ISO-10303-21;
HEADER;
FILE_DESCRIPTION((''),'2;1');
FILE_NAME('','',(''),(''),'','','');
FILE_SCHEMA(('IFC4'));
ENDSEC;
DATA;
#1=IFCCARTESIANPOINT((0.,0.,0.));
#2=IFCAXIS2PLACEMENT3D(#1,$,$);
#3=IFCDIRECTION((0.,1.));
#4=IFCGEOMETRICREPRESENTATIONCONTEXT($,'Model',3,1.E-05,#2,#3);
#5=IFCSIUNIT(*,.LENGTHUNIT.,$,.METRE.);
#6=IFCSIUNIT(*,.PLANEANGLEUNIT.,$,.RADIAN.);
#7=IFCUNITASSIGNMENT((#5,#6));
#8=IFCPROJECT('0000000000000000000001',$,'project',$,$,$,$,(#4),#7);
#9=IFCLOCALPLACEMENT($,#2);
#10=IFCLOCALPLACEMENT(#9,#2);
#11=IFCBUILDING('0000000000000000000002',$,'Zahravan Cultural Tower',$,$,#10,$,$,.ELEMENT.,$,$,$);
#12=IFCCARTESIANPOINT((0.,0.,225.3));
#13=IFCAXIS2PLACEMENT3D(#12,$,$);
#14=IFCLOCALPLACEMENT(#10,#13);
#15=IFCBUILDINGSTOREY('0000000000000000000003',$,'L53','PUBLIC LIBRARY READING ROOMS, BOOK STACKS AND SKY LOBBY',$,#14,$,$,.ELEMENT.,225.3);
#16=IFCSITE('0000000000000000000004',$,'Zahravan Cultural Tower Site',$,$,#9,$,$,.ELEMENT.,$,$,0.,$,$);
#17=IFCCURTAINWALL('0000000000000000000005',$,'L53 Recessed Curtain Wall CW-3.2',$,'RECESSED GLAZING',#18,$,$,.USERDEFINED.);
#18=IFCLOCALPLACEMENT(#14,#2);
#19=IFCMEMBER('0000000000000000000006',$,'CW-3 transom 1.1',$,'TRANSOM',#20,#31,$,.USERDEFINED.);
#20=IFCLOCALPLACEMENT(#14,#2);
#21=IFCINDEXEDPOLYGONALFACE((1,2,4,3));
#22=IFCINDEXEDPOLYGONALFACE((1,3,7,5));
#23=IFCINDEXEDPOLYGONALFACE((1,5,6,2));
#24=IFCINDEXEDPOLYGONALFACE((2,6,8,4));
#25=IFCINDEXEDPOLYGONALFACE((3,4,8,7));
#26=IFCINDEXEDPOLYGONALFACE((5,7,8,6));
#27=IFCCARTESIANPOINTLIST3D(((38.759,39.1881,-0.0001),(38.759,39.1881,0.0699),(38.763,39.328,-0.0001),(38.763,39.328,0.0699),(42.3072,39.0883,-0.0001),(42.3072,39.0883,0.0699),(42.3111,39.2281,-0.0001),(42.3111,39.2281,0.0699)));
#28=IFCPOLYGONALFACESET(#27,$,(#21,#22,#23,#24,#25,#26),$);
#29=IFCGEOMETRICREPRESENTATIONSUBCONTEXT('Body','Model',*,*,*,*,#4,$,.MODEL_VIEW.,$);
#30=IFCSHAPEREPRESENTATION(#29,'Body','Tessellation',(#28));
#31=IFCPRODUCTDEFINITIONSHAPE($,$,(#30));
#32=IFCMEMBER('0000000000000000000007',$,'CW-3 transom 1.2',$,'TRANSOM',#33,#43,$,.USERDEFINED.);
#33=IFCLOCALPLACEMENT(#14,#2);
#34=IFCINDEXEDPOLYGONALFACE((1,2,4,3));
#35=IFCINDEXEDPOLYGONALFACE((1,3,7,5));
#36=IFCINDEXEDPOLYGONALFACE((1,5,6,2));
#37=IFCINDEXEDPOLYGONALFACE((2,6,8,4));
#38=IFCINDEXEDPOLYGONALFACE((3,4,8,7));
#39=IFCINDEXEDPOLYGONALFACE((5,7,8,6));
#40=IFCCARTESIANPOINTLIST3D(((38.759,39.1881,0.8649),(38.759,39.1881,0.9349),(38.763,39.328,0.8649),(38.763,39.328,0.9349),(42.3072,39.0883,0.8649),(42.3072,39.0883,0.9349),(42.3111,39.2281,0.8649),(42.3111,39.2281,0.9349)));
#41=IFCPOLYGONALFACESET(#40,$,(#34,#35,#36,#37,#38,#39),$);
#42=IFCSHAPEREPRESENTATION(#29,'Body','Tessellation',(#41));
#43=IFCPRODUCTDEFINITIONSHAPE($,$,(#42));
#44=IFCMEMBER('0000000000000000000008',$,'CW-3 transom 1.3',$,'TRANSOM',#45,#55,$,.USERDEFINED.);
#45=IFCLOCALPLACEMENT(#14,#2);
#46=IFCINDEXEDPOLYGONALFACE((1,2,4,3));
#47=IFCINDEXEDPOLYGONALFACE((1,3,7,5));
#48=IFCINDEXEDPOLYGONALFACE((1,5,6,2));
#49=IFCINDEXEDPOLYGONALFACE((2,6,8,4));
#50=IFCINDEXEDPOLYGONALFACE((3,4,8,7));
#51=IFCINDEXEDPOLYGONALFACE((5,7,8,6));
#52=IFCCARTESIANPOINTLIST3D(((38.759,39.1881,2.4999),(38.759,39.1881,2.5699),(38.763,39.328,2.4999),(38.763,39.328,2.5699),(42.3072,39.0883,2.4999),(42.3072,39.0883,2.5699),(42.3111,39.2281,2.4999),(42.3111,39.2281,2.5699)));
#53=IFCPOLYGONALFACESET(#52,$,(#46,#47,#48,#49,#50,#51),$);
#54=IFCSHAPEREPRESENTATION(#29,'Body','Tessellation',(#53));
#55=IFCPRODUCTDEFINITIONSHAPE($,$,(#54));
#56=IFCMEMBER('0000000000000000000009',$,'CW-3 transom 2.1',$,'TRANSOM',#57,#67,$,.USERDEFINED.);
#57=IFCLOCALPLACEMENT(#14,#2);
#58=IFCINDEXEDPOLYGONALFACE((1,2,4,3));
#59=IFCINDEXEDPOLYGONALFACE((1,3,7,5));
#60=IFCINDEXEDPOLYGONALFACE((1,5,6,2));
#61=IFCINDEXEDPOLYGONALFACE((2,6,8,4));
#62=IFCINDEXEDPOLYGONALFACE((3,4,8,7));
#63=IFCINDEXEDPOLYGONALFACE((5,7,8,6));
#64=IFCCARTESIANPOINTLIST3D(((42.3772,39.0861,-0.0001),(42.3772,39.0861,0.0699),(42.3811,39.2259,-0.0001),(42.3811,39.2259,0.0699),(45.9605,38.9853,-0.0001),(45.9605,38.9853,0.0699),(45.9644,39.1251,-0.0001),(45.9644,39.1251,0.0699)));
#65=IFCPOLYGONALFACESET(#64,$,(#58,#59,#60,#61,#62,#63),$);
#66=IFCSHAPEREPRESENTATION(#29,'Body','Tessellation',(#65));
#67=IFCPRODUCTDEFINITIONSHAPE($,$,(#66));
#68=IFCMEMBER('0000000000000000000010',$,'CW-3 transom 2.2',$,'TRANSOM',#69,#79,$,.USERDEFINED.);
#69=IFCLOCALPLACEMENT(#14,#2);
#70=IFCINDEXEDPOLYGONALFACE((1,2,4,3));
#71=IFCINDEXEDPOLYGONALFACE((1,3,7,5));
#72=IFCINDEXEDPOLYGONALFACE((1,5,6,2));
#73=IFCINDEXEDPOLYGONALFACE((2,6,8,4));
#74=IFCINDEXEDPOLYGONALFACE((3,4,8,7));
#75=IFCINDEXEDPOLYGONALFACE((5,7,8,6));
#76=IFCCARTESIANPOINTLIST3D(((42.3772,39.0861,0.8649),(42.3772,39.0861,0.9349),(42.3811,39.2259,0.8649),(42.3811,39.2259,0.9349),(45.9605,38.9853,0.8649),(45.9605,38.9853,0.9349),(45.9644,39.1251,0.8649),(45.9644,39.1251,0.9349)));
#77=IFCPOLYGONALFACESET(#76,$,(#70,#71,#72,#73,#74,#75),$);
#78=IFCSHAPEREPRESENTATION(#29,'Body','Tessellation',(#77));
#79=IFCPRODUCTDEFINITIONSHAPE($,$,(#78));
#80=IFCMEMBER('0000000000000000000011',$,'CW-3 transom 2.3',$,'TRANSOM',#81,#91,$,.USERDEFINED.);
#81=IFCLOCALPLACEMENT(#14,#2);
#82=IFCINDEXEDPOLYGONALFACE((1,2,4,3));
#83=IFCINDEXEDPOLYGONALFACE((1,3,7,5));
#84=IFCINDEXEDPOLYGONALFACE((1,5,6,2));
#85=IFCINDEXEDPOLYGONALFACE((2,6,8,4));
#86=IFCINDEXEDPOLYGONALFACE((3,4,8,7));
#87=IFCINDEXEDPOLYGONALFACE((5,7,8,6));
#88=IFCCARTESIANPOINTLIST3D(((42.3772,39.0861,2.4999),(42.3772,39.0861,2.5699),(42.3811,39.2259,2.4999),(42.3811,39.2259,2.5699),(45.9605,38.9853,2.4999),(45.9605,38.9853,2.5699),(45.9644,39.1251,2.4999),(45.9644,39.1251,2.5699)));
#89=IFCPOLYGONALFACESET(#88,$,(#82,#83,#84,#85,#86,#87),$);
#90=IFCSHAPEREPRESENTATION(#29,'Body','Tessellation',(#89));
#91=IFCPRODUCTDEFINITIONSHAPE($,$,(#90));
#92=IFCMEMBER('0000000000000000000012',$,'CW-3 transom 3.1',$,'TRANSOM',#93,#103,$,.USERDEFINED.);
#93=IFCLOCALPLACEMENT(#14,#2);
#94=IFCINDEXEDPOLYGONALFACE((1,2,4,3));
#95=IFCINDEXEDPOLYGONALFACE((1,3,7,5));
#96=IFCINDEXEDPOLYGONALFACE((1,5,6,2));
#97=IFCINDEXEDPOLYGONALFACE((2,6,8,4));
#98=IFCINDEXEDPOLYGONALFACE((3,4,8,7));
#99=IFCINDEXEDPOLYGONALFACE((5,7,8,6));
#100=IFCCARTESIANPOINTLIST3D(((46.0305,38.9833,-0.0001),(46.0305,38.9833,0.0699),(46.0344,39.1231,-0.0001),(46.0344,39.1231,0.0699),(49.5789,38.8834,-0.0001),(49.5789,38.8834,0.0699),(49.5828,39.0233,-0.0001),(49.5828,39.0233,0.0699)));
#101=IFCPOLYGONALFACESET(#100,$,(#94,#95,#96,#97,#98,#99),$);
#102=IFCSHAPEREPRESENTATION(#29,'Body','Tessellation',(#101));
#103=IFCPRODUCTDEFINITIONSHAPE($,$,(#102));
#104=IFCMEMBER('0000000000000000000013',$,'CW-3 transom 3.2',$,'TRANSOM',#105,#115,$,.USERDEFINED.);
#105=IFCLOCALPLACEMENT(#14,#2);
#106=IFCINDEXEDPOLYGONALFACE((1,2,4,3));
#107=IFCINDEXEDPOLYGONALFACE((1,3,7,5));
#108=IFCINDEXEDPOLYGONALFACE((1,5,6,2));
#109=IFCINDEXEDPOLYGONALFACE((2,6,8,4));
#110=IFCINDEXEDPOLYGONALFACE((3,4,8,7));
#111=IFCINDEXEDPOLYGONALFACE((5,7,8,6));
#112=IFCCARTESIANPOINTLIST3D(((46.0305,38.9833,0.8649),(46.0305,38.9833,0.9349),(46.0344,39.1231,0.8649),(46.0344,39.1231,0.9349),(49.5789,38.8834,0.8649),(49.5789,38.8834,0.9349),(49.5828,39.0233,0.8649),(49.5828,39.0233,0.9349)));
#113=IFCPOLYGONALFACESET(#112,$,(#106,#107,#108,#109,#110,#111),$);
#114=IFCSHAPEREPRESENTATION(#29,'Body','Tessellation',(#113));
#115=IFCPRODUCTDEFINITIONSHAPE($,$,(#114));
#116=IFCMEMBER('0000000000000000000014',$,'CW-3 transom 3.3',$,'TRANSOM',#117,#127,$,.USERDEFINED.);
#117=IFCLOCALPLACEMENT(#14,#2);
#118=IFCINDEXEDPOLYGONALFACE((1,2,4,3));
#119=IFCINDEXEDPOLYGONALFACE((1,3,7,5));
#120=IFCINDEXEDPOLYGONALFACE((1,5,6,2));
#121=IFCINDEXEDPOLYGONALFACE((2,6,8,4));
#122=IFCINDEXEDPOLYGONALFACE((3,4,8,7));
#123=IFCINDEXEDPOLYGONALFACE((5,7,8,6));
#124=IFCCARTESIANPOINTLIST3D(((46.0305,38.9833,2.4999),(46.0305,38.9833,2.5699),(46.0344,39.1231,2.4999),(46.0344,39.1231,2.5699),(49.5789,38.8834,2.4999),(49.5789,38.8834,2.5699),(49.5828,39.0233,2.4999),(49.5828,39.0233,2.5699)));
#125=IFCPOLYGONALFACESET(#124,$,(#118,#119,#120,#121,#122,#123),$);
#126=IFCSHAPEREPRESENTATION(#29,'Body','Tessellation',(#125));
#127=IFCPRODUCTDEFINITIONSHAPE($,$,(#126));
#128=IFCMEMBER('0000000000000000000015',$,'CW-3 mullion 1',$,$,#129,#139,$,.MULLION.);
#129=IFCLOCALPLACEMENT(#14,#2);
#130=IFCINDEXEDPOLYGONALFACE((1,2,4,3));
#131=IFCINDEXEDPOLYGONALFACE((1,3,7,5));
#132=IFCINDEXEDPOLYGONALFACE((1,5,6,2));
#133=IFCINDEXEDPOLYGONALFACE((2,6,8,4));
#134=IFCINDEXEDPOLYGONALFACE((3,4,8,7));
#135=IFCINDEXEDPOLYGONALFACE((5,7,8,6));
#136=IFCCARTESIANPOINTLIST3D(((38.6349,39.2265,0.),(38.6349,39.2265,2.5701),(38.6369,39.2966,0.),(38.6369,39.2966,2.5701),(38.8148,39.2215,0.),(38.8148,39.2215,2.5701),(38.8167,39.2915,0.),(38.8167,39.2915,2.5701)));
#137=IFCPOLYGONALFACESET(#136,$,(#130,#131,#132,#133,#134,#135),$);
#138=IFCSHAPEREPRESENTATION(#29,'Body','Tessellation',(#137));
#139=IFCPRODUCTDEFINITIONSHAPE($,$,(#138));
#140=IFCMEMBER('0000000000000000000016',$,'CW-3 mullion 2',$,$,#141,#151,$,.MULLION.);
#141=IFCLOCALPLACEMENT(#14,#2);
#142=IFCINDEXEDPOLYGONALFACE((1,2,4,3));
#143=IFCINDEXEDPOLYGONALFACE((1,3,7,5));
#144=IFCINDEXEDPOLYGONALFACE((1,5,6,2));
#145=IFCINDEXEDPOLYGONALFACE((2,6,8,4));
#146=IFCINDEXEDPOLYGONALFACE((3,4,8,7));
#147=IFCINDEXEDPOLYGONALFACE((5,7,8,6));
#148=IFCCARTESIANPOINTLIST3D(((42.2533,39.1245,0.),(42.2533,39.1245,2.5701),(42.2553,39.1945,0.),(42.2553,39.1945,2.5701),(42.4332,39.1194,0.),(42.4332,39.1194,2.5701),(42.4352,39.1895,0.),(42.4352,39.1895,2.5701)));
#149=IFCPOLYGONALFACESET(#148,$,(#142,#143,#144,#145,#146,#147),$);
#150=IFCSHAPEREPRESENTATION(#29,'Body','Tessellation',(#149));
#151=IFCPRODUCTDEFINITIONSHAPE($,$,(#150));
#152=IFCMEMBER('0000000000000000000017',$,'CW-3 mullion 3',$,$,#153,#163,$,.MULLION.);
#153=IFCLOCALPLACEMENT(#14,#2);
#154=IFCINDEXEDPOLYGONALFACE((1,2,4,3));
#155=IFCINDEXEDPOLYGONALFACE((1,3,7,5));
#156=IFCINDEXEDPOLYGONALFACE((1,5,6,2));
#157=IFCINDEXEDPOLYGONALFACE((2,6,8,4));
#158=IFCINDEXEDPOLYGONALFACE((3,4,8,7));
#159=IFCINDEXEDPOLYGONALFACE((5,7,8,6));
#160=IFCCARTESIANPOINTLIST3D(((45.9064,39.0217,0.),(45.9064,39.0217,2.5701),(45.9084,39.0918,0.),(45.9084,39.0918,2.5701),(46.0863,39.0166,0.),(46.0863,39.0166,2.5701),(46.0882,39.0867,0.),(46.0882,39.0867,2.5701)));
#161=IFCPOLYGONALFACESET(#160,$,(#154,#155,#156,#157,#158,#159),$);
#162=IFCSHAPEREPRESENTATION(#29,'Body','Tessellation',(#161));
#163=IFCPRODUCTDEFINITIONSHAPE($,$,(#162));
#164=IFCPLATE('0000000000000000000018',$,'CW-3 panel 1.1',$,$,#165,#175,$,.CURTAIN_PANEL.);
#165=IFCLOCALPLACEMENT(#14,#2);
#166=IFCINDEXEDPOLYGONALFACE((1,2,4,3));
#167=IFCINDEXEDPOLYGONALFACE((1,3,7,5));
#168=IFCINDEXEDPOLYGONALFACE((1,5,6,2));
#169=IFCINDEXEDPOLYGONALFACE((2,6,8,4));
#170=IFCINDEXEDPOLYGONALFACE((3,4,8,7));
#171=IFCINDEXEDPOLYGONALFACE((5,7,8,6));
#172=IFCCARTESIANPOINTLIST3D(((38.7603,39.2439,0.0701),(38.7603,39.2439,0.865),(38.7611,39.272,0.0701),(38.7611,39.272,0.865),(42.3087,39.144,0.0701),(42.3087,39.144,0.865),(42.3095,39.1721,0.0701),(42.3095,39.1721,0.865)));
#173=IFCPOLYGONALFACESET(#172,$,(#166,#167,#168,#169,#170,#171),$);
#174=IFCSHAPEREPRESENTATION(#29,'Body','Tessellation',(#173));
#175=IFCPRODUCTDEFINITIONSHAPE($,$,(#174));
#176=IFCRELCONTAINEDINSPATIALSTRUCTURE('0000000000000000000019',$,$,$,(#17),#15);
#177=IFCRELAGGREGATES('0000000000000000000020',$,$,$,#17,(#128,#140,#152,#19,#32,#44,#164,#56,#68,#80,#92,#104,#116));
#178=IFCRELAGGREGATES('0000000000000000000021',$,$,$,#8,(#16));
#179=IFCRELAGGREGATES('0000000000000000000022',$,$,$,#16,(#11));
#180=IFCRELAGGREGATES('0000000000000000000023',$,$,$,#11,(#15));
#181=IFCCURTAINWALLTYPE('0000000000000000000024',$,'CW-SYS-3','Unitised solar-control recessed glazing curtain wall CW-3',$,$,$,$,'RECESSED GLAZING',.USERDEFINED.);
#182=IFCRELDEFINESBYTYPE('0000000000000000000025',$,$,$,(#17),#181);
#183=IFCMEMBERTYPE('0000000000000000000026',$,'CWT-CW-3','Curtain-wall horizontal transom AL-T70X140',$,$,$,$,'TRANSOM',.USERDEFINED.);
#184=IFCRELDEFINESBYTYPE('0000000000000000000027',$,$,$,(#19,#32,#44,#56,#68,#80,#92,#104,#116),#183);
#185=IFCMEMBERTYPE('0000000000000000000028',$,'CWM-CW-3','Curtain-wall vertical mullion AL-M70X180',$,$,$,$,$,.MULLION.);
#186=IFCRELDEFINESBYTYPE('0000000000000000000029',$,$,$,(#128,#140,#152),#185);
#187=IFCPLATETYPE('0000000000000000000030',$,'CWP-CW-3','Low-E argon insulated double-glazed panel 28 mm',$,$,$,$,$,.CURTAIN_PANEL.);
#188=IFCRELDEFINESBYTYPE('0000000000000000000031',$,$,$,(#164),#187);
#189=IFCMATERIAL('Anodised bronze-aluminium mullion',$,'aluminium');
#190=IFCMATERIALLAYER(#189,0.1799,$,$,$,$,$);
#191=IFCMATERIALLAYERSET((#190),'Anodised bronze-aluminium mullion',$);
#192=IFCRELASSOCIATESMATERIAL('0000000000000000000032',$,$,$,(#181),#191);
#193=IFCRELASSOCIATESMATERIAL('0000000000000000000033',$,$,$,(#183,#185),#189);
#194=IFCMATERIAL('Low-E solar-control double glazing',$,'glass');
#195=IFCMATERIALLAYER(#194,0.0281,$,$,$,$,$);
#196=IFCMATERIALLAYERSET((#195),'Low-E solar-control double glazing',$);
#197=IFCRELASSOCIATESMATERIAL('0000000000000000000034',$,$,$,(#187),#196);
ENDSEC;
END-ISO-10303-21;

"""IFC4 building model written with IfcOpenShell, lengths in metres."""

from ifc_helpers import new_model, si_unit, direction, frame, origin, origin_2d, place, context, subcontext, project, spatial, rectangle, extrude, source, transform, mapped, material, layer, layer_set, material_profile, profile_set, type_object, element, aggregate, save


model = new_model("IFC4")

# Units and contexts
model_context = context("Model", 3, precision=1e-05, world=origin(), true_north=direction((0.0, 1.0)))
body_context = subcontext(model_context, "Body", "Model", "MODEL_VIEW")
ifc_project = project(units=[si_unit("LENGTHUNIT", "METRE"), si_unit("PLANEANGLEUNIT", "RADIAN")], contexts=[model_context])

# Site, building, storey
site_placement = place(None, origin())
site = spatial("IfcSite", under=ifc_project, at=site_placement, Name="Zahravan Cultural Tower Site", CompositionType="ELEMENT", RefElevation=0.0)
building_placement = place(site_placement, origin())
building = spatial("IfcBuilding", under=site, at=building_placement, Name="Zahravan Cultural Tower", CompositionType="ELEMENT")
storey_placement = place(building_placement, frame((0.0, 0.0, 225.3)))
storey = spatial("IfcBuildingStorey", under=building, at=storey_placement, Name="L53", Description="PUBLIC LIBRARY READING ROOMS, BOOK STACKS AND SKY LOBBY", CompositionType="ELEMENT", Elevation=225.3)

# Curtain wall, members, plate
ifc_material_1 = material(Name="Anodised bronze-aluminium mullion", Category="aluminium")
ifc_layer_1 = layer(ifc_material_1, 0.1799)
ifc_layer_set_1 = layer_set([ifc_layer_1], Name="Anodised bronze-aluminium mullion")
curtain_wall_type = type_object("IfcCurtainWallType", Name="CW-SYS-3", Description="Unitised solar-control recessed glazing curtain wall CW-3", ElementType="RECESSED GLAZING", PredefinedType="USERDEFINED", material=ifc_layer_set_1)
curtain_wall_placement = place(storey_placement, origin())
curtain_wall = element("IfcCurtainWall", 1, at=curtain_wall_placement, inside=storey, type_object=curtain_wall_type, Name="L53 Recessed Curtain Wall CW-3.2", ObjectType="RECESSED GLAZING", PredefinedType="USERDEFINED")
ifc_material_profile_1 = material_profile(ifc_material_1, rectangle(XDim=0.1399, YDim=0.0701, at=origin_2d()), Name="AL-T70X140")
ifc_profile_set_1 = profile_set([ifc_material_profile_1], Name="Anodised bronze-aluminium mullion")
member_type_1 = type_object("IfcMemberType", Name="CWT-CW-3", Description="Curtain-wall horizontal transom AL-T70X140", ElementType="TRANSOM", PredefinedType="USERDEFINED", material=ifc_profile_set_1)
shared_shape_1 = source(origin(), body_context, "Body", "SweptSolid", [
    extrude(rectangle(XDim=0.1399, YDim=0.0701, at=origin_2d()), origin(), (0.0, 0.0, 1.0), 3.5496),
])
member_1_placement = place(storey_placement, frame((38.761, 39.2581, 0.0349), z_axis=(0.999604, -0.028132, 0.0), x_axis=(0.028132, 0.999604, 0.0)))
member_1 = element("IfcMember", 2, at=member_1_placement, type_object=member_type_1, Name="CW-3 transom 1.1", ObjectType="TRANSOM", PredefinedType="USERDEFINED", context=body_context, shape_type="MappedRepresentation", body=[
    mapped(shared_shape_1, transform((0.0, 0.0, 0.0), x_axis=(1.0, 0.0, 0.0), y_axis=(0.0, 1.0, 0.0), z_axis=(0.0, 0.0, 1.0), scale=1.0)),
])
member_2_placement = place(storey_placement, frame((38.761, 39.2581, 0.8999), z_axis=(0.999604, -0.028132, 0.0), x_axis=(0.028132, 0.999604, 0.0)))
member_2 = element("IfcMember", 3, at=member_2_placement, type_object=member_type_1, Name="CW-3 transom 1.2", ObjectType="TRANSOM", PredefinedType="USERDEFINED", context=body_context, shape_type="MappedRepresentation", body=[
    mapped(shared_shape_1, transform((0.0, 0.0, 0.0), x_axis=(1.0, 0.0, 0.0), y_axis=(0.0, 1.0, 0.0), z_axis=(0.0, 0.0, 1.0), scale=1.0)),
])
member_3_placement = place(storey_placement, frame((38.761, 39.2581, 2.5349), z_axis=(0.999604, -0.028132, 0.0), x_axis=(0.028132, 0.999604, 0.0)))
member_3 = element("IfcMember", 4, at=member_3_placement, type_object=member_type_1, Name="CW-3 transom 1.3", ObjectType="TRANSOM", PredefinedType="USERDEFINED", context=body_context, shape_type="MappedRepresentation", body=[
    mapped(shared_shape_1, transform((0.0, 0.0, 0.0), x_axis=(1.0, 0.0, 0.0), y_axis=(0.0, 1.0, 0.0), z_axis=(0.0, 0.0, 1.0), scale=1.0)),
])
shared_shape_2 = source(origin(), body_context, "Body", "SweptSolid", [
    extrude(rectangle(XDim=0.1399, YDim=0.0701, at=origin_2d()), origin(), (0.0, 0.0, 1.0), 3.5847),
])
member_4_placement = place(storey_placement, frame((42.3792, 39.156, 0.0349), z_axis=(0.999604, -0.028128, 0.0), x_axis=(0.028128, 0.999604, 0.0)))
member_4 = element("IfcMember", 5, at=member_4_placement, type_object=member_type_1, Name="CW-3 transom 2.1", ObjectType="TRANSOM", PredefinedType="USERDEFINED", context=body_context, shape_type="MappedRepresentation", body=[
    mapped(shared_shape_2, transform((0.0, 0.0, 0.0), x_axis=(1.0, 0.0, 0.0), y_axis=(0.0, 1.0, 0.0), z_axis=(0.0, 0.0, 1.0), scale=1.0)),
])
member_5_placement = place(storey_placement, frame((42.3792, 39.156, 0.8999), z_axis=(0.999604, -0.028128, 0.0), x_axis=(0.028128, 0.999604, 0.0)))
member_5 = element("IfcMember", 6, at=member_5_placement, type_object=member_type_1, Name="CW-3 transom 2.2", ObjectType="TRANSOM", PredefinedType="USERDEFINED", context=body_context, shape_type="MappedRepresentation", body=[
    mapped(shared_shape_2, transform((0.0, 0.0, 0.0), x_axis=(1.0, 0.0, 0.0), y_axis=(0.0, 1.0, 0.0), z_axis=(0.0, 0.0, 1.0), scale=1.0)),
])
member_6_placement = place(storey_placement, frame((42.3792, 39.156, 2.5349), z_axis=(0.999604, -0.028128, 0.0), x_axis=(0.028128, 0.999604, 0.0)))
member_6 = element("IfcMember", 7, at=member_6_placement, type_object=member_type_1, Name="CW-3 transom 2.3", ObjectType="TRANSOM", PredefinedType="USERDEFINED", context=body_context, shape_type="MappedRepresentation", body=[
    mapped(shared_shape_2, transform((0.0, 0.0, 0.0), x_axis=(1.0, 0.0, 0.0), y_axis=(0.0, 1.0, 0.0), z_axis=(0.0, 0.0, 1.0), scale=1.0)),
])
shared_shape_3 = source(origin(), body_context, "Body", "SweptSolid", [
    extrude(rectangle(XDim=0.1399, YDim=0.0701, at=origin_2d()), origin(), (0.0, 0.0, 1.0), 3.5498),
])
member_7_placement = place(storey_placement, frame((46.0325, 39.0532, 0.0349), z_axis=(0.999604, -0.02813, 0.0), x_axis=(0.02813, 0.999604, 0.0)))
member_7 = element("IfcMember", 8, at=member_7_placement, type_object=member_type_1, Name="CW-3 transom 3.1", ObjectType="TRANSOM", PredefinedType="USERDEFINED", context=body_context, shape_type="MappedRepresentation", body=[
    mapped(shared_shape_3, transform((0.0, 0.0, 0.0), x_axis=(1.0, 0.0, 0.0), y_axis=(0.0, 1.0, 0.0), z_axis=(0.0, 0.0, 1.0), scale=1.0)),
])
member_8_placement = place(storey_placement, frame((46.0325, 39.0532, 0.8999), z_axis=(0.999604, -0.02813, 0.0), x_axis=(0.02813, 0.999604, 0.0)))
member_8 = element("IfcMember", 9, at=member_8_placement, type_object=member_type_1, Name="CW-3 transom 3.2", ObjectType="TRANSOM", PredefinedType="USERDEFINED", context=body_context, shape_type="MappedRepresentation", body=[
    mapped(shared_shape_3, transform((0.0, 0.0, 0.0), x_axis=(1.0, 0.0, 0.0), y_axis=(0.0, 1.0, 0.0), z_axis=(0.0, 0.0, 1.0), scale=1.0)),
])
member_9_placement = place(storey_placement, frame((46.0325, 39.0532, 2.5349), z_axis=(0.999604, -0.02813, 0.0), x_axis=(0.02813, 0.999604, 0.0)))
member_9 = element("IfcMember", 10, at=member_9_placement, type_object=member_type_1, Name="CW-3 transom 3.3", ObjectType="TRANSOM", PredefinedType="USERDEFINED", context=body_context, shape_type="MappedRepresentation", body=[
    mapped(shared_shape_3, transform((0.0, 0.0, 0.0), x_axis=(1.0, 0.0, 0.0), y_axis=(0.0, 1.0, 0.0), z_axis=(0.0, 0.0, 1.0), scale=1.0)),
])
ifc_material_profile_2 = material_profile(ifc_material_1, rectangle(XDim=0.0701, YDim=0.1799, at=origin_2d()), Name="AL-M70X180")
ifc_profile_set_2 = profile_set([ifc_material_profile_2], Name="Anodised bronze-aluminium mullion")
member_type_2 = type_object("IfcMemberType", Name="CWM-CW-3", Description="Curtain-wall vertical mullion AL-M70X180", PredefinedType="MULLION", material=ifc_profile_set_2)
shared_shape_4 = source(origin(), body_context, "Body", "SweptSolid", [
    extrude(rectangle(XDim=0.0701, YDim=0.1799, at=origin_2d()), origin(), (0.0, 0.0, 1.0), 2.5701),
])
member_10_placement = place(storey_placement, frame((38.7258, 39.259, 0.0), z_axis=(0.0, 0.0, 1.0), x_axis=(0.028155, 0.999604, 0.0)))
member_10 = element("IfcMember", 11, at=member_10_placement, type_object=member_type_2, Name="CW-3 mullion 1", PredefinedType="MULLION", context=body_context, shape_type="MappedRepresentation", body=[
    mapped(shared_shape_4, transform((0.0, 0.0, 0.0), x_axis=(1.0, 0.0, 0.0), y_axis=(0.0, 1.0, 0.0), z_axis=(0.0, 0.0, 1.0), scale=1.0)),
])
member_11_placement = place(storey_placement, frame((42.3442, 39.157, 0.0), z_axis=(0.0, 0.0, 1.0), x_axis=(0.028155, 0.999604, 0.0)))
member_11 = element("IfcMember", 12, at=member_11_placement, type_object=member_type_2, Name="CW-3 mullion 2", PredefinedType="MULLION", context=body_context, shape_type="MappedRepresentation", body=[
    mapped(shared_shape_4, transform((0.0, 0.0, 0.0), x_axis=(1.0, 0.0, 0.0), y_axis=(0.0, 1.0, 0.0), z_axis=(0.0, 0.0, 1.0), scale=1.0)),
])
member_12_placement = place(storey_placement, frame((45.9973, 39.0542, 0.0), z_axis=(0.0, 0.0, 1.0), x_axis=(0.028155, 0.999604, 0.0)))
member_12 = element("IfcMember", 13, at=member_12_placement, type_object=member_type_2, Name="CW-3 mullion 3", PredefinedType="MULLION", context=body_context, shape_type="MappedRepresentation", body=[
    mapped(shared_shape_4, transform((0.0, 0.0, 0.0), x_axis=(1.0, 0.0, 0.0), y_axis=(0.0, 1.0, 0.0), z_axis=(0.0, 0.0, 1.0), scale=1.0)),
])
ifc_material_2 = material(Name="Low-E solar-control double glazing", Category="glass")
ifc_layer_2 = layer(ifc_material_2, 0.0281)
ifc_layer_set_2 = layer_set([ifc_layer_2], Name="Low-E solar-control double glazing")
plate_type = type_object("IfcPlateType", Name="CWP-CW-3", Description="Low-E argon insulated double-glazed panel 28 mm", PredefinedType="CURTAIN_PANEL", material=ifc_layer_set_2)
shared_shape_5 = source(origin(), body_context, "Body", "SweptSolid", [
    extrude(rectangle(XDim=3.5498, YDim=0.0281, at=origin_2d()), origin(), (0.0, 0.0, 1.0), 0.7949),
])
plate_1_placement = place(storey_placement, frame((40.5349, 39.208, 0.0701), z_axis=(0.0, 0.0, 1.0), x_axis=(0.999604, -0.028155, 0.0)))
plate_1 = element("IfcPlate", 14, at=plate_1_placement, type_object=plate_type, Name="CW-3 panel 1.1", PredefinedType="CURTAIN_PANEL", context=body_context, shape_type="MappedRepresentation", body=[
    mapped(shared_shape_5, transform((0.0, 0.0, 0.0), x_axis=(1.0, 0.0, 0.0), y_axis=(0.0, 1.0, 0.0), z_axis=(0.0, 0.0, 1.0), scale=1.0)),
])
aggregate(curtain_wall, [member_10, member_11, member_12, member_1, member_2, member_3, plate_1, member_4, member_5, member_6, member_7, member_8, member_9])

save(model, "model.ifc")
